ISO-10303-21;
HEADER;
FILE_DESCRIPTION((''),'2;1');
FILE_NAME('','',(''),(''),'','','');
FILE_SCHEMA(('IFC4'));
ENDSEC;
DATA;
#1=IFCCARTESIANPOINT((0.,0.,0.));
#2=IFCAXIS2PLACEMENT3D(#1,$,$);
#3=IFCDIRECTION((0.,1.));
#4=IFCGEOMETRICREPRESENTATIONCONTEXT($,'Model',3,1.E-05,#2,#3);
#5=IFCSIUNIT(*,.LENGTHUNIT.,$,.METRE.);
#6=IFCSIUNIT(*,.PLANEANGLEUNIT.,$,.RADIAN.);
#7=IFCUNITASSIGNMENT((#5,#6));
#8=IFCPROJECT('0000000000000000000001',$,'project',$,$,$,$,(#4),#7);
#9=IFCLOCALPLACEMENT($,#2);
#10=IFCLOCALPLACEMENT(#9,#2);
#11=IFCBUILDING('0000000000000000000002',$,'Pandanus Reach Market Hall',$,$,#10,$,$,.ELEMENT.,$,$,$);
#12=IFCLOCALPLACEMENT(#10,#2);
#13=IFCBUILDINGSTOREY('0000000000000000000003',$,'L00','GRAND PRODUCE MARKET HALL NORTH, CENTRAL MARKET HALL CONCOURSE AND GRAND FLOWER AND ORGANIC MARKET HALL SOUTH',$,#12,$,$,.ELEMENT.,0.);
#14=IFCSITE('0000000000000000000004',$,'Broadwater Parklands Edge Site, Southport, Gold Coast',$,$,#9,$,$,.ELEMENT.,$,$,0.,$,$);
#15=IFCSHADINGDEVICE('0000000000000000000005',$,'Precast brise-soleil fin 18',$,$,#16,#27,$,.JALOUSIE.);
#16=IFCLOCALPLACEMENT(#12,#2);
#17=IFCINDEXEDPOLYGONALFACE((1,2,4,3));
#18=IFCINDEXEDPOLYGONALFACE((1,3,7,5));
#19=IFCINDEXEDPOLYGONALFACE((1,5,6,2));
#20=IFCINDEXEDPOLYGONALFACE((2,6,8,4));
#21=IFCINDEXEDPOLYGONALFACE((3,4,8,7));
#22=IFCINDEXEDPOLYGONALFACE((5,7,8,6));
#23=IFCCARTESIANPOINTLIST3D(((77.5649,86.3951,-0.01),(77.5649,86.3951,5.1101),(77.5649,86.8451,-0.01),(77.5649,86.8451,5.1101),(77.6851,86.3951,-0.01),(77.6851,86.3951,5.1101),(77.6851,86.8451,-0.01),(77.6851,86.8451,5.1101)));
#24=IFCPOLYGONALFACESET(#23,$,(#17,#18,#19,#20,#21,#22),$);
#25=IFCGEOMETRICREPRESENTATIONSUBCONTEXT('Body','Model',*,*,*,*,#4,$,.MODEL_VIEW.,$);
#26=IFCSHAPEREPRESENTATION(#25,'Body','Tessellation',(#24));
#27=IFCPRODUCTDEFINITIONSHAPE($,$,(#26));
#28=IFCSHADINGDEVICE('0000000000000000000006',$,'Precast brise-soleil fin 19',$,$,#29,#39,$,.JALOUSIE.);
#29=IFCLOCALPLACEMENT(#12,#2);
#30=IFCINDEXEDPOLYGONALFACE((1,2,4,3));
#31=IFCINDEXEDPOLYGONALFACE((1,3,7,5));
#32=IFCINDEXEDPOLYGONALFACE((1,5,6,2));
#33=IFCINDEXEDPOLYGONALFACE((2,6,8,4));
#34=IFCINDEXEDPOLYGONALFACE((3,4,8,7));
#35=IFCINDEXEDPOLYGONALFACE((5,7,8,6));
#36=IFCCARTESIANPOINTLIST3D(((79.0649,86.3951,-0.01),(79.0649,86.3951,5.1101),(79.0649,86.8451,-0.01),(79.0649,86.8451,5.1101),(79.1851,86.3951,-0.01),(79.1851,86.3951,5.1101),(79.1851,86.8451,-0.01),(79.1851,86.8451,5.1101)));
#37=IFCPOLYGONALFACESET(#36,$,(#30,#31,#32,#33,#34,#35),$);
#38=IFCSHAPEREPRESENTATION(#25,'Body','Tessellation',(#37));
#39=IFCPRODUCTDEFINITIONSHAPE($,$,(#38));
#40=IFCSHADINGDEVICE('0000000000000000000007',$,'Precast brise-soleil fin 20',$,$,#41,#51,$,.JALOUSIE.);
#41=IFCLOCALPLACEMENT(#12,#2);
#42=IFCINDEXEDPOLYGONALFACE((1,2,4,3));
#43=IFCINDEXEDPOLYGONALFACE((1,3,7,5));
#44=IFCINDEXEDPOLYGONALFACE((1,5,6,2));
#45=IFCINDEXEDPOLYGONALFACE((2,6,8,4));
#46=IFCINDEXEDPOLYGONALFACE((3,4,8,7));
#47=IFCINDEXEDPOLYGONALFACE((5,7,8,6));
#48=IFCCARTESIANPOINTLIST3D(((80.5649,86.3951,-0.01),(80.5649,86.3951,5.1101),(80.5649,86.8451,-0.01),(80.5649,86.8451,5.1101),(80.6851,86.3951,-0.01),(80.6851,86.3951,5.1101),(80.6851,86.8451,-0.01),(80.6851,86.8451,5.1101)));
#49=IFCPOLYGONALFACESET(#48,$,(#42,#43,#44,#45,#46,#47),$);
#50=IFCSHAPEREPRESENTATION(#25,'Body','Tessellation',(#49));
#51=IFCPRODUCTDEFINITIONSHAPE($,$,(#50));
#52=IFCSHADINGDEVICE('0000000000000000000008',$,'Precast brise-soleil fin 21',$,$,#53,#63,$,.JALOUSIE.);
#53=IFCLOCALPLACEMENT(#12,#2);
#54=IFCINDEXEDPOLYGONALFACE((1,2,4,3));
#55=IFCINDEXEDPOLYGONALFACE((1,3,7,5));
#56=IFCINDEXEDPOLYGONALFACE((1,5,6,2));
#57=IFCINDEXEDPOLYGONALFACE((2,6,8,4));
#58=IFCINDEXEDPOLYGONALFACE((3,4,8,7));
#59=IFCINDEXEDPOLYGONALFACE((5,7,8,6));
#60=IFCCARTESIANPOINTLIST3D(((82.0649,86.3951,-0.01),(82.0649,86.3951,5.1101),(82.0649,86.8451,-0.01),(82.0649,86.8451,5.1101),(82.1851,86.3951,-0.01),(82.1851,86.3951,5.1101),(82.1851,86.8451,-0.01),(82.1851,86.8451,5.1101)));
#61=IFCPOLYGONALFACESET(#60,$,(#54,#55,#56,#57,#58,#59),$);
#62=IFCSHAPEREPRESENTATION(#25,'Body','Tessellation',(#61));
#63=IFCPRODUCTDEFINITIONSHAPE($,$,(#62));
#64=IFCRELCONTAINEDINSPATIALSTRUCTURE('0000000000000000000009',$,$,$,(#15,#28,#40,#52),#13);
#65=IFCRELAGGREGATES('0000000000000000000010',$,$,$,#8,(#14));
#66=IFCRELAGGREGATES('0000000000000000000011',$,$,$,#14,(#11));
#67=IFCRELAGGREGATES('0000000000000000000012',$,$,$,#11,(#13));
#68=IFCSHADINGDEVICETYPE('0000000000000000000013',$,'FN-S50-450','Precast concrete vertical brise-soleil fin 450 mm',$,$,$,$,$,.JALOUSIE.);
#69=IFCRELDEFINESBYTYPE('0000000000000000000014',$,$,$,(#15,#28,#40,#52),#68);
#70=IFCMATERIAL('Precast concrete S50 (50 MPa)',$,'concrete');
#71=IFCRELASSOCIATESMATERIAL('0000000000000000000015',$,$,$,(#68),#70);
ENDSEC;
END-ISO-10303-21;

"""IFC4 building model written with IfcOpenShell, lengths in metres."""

from ifc_helpers import new_model, si_unit, direction, frame, origin, origin_2d, place, context, subcontext, project, spatial, rectangle, extrude, material, type_object, element, save


model = new_model("IFC4")

# Units and contexts
model_context = context("Model", 3, precision=1e-05, world=origin(), true_north=direction((0.0, 1.0)))
body_context = subcontext(model_context, "Body", "Model", "MODEL_VIEW")
ifc_project = project(units=[si_unit("LENGTHUNIT", "METRE"), si_unit("PLANEANGLEUNIT", "RADIAN")], contexts=[model_context])

# Site, building, storey
site_placement = place(None, origin())
site = spatial("IfcSite", under=ifc_project, at=site_placement, Name="Broadwater Parklands Edge Site, Southport, Gold Coast", CompositionType="ELEMENT", RefElevation=0.0)
building_placement = place(site_placement, origin())
building = spatial("IfcBuilding", under=site, at=building_placement, Name="Pandanus Reach Market Hall", CompositionType="ELEMENT")
storey_placement = place(building_placement, origin())
storey = spatial("IfcBuildingStorey", under=building, at=storey_placement, Name="L00", Description="GRAND PRODUCE MARKET HALL NORTH, CENTRAL MARKET HALL CONCOURSE AND GRAND FLOWER AND ORGANIC MARKET HALL SOUTH", CompositionType="ELEMENT", Elevation=0.0)

# Shared definitions
ifc_material_1 = material(Name="Precast concrete S50 (50 MPa)", Category="concrete")

# Shading devices
shading_device_type = type_object("IfcShadingDeviceType", Name="FN-S50-450", Description="Precast concrete vertical brise-soleil fin 450 mm", PredefinedType="JALOUSIE", material=ifc_material_1)
for number, where, z_axis, x_axis, name in (
    (1, (77.625, 86.6201, -0.01), (0.0, 0.0, 1.0), (0.0, 1.0, 0.0), "Precast brise-soleil fin 18"),
    (2, (79.125, 86.6201, -0.01), (0.0, 0.0, 1.0), (0.0, 1.0, 0.0), "Precast brise-soleil fin 19"),
    (3, (80.625, 86.6201, -0.01), (0.0, 0.0, 1.0), (0.0, 1.0, 0.0), "Precast brise-soleil fin 20"),
    (4, (82.125, 86.6201, -0.01), (0.0, 0.0, 1.0), (0.0, 1.0, 0.0), "Precast brise-soleil fin 21"),
):
    element("IfcShadingDevice", number, at=place(storey_placement, frame(where, z_axis=z_axis, x_axis=x_axis)), inside=storey, type_object=shading_device_type, Name=name, PredefinedType="JALOUSIE", context=body_context, shape_type="SweptSolid", body=[
        extrude(rectangle(XDim=0.45, YDim=0.1201, at=origin_2d()), origin(), (0.0, 0.0, 1.0), 5.1201),
    ])

save(model, "model.ifc")
